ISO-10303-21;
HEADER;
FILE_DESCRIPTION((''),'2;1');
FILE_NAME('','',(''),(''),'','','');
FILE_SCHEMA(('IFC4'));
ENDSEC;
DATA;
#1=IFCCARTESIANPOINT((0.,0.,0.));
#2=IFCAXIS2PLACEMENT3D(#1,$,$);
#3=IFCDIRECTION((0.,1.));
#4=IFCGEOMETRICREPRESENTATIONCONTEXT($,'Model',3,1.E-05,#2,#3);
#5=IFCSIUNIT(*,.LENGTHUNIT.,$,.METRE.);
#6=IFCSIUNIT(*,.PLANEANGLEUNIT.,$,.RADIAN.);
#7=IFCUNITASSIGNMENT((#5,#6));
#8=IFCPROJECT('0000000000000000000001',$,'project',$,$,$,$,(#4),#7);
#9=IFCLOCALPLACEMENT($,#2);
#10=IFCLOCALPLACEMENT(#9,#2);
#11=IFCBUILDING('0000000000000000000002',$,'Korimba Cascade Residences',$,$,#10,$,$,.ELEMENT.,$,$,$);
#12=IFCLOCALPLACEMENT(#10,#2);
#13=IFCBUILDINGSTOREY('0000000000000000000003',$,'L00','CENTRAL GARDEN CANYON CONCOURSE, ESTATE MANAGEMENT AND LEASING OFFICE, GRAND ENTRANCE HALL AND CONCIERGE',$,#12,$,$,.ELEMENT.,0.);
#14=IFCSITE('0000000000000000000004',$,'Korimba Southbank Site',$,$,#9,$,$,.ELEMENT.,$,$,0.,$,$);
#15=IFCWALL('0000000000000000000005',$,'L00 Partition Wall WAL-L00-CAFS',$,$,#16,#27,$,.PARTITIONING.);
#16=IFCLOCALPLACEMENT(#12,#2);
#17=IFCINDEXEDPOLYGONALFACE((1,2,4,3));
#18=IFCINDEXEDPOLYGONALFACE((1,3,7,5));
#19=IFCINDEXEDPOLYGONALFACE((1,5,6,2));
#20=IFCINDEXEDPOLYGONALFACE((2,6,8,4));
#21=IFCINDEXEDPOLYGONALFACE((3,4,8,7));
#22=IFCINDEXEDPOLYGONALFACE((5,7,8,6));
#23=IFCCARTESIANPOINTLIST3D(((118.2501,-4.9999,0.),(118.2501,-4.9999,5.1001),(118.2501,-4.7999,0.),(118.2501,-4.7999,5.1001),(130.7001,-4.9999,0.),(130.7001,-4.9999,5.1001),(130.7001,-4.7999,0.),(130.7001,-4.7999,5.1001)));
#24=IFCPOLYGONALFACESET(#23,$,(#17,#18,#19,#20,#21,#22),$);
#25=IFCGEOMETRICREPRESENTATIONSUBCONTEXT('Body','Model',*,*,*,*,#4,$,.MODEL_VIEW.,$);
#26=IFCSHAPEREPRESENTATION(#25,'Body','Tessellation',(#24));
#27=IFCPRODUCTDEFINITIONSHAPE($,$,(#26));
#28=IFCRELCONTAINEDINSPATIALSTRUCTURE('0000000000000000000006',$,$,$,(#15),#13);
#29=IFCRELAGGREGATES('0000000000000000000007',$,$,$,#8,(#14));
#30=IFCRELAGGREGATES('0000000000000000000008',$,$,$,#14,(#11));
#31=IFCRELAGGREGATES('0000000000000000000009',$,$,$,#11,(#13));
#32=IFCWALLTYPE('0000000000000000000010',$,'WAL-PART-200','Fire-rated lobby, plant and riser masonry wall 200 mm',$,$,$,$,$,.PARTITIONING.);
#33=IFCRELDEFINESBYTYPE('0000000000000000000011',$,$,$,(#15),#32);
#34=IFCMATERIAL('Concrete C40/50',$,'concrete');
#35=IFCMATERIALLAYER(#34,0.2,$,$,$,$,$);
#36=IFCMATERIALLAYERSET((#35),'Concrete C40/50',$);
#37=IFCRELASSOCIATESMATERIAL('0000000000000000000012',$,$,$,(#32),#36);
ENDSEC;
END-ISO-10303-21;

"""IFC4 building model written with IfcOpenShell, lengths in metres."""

from ifc_helpers import new_model, si_unit, direction, frame, frame_2d, origin, place, context, subcontext, project, spatial, rectangle, extrude, material, layer, layer_set, type_object, element, save


model = new_model("IFC4")

# Units and contexts
model_context = context("Model", 3, precision=1e-05, world=origin(), true_north=direction((0.0, 1.0)))
body_context = subcontext(model_context, "Body", "Model", "MODEL_VIEW")
ifc_project = project(units=[si_unit("LENGTHUNIT", "METRE"), si_unit("PLANEANGLEUNIT", "RADIAN")], contexts=[model_context])

# Site, building, storey
site_placement = place(None, origin())
site = spatial("IfcSite", under=ifc_project, at=site_placement, Name="Korimba Southbank Site", CompositionType="ELEMENT", RefElevation=0.0)
building_placement = place(site_placement, origin())
building = spatial("IfcBuilding", under=site, at=building_placement, Name="Korimba Cascade Residences", CompositionType="ELEMENT")
storey_placement = place(building_placement, origin())
storey = spatial("IfcBuildingStorey", under=building, at=storey_placement, Name="L00", Description="CENTRAL GARDEN CANYON CONCOURSE, ESTATE MANAGEMENT AND LEASING OFFICE, GRAND ENTRANCE HALL AND CONCIERGE", CompositionType="ELEMENT", Elevation=0.0)

# Shared definitions
ifc_material_1 = material(Name="Concrete C40/50", Category="concrete")
ifc_layer = layer(ifc_material_1, 0.2)
ifc_layer_set = layer_set([ifc_layer], Name="Concrete C40/50")
wall_type = type_object("IfcWallType", Name="WAL-PART-200", Description="Fire-rated lobby, plant and riser masonry wall 200 mm", PredefinedType="PARTITIONING", material=ifc_layer_set)

# Wall
wall_1_placement = place(storey_placement, frame((118.25, -4.8999, 0.0), z_axis=(0.0, 0.0, 1.0), x_axis=(1.0, 0.0, 0.0)))
element("IfcWall", 1, at=wall_1_placement, inside=storey, type_object=wall_type, Name="L00 Partition Wall WAL-L00-CAFS", PredefinedType="PARTITIONING", context=body_context, shape_type="SweptSolid", body=[
    extrude(rectangle(XDim=12.45, YDim=0.2, at=frame_2d((6.2251, 0.0))), origin(), (0.0, 0.0, 1.0), 5.1001),
])

save(model, "model.ifc")
